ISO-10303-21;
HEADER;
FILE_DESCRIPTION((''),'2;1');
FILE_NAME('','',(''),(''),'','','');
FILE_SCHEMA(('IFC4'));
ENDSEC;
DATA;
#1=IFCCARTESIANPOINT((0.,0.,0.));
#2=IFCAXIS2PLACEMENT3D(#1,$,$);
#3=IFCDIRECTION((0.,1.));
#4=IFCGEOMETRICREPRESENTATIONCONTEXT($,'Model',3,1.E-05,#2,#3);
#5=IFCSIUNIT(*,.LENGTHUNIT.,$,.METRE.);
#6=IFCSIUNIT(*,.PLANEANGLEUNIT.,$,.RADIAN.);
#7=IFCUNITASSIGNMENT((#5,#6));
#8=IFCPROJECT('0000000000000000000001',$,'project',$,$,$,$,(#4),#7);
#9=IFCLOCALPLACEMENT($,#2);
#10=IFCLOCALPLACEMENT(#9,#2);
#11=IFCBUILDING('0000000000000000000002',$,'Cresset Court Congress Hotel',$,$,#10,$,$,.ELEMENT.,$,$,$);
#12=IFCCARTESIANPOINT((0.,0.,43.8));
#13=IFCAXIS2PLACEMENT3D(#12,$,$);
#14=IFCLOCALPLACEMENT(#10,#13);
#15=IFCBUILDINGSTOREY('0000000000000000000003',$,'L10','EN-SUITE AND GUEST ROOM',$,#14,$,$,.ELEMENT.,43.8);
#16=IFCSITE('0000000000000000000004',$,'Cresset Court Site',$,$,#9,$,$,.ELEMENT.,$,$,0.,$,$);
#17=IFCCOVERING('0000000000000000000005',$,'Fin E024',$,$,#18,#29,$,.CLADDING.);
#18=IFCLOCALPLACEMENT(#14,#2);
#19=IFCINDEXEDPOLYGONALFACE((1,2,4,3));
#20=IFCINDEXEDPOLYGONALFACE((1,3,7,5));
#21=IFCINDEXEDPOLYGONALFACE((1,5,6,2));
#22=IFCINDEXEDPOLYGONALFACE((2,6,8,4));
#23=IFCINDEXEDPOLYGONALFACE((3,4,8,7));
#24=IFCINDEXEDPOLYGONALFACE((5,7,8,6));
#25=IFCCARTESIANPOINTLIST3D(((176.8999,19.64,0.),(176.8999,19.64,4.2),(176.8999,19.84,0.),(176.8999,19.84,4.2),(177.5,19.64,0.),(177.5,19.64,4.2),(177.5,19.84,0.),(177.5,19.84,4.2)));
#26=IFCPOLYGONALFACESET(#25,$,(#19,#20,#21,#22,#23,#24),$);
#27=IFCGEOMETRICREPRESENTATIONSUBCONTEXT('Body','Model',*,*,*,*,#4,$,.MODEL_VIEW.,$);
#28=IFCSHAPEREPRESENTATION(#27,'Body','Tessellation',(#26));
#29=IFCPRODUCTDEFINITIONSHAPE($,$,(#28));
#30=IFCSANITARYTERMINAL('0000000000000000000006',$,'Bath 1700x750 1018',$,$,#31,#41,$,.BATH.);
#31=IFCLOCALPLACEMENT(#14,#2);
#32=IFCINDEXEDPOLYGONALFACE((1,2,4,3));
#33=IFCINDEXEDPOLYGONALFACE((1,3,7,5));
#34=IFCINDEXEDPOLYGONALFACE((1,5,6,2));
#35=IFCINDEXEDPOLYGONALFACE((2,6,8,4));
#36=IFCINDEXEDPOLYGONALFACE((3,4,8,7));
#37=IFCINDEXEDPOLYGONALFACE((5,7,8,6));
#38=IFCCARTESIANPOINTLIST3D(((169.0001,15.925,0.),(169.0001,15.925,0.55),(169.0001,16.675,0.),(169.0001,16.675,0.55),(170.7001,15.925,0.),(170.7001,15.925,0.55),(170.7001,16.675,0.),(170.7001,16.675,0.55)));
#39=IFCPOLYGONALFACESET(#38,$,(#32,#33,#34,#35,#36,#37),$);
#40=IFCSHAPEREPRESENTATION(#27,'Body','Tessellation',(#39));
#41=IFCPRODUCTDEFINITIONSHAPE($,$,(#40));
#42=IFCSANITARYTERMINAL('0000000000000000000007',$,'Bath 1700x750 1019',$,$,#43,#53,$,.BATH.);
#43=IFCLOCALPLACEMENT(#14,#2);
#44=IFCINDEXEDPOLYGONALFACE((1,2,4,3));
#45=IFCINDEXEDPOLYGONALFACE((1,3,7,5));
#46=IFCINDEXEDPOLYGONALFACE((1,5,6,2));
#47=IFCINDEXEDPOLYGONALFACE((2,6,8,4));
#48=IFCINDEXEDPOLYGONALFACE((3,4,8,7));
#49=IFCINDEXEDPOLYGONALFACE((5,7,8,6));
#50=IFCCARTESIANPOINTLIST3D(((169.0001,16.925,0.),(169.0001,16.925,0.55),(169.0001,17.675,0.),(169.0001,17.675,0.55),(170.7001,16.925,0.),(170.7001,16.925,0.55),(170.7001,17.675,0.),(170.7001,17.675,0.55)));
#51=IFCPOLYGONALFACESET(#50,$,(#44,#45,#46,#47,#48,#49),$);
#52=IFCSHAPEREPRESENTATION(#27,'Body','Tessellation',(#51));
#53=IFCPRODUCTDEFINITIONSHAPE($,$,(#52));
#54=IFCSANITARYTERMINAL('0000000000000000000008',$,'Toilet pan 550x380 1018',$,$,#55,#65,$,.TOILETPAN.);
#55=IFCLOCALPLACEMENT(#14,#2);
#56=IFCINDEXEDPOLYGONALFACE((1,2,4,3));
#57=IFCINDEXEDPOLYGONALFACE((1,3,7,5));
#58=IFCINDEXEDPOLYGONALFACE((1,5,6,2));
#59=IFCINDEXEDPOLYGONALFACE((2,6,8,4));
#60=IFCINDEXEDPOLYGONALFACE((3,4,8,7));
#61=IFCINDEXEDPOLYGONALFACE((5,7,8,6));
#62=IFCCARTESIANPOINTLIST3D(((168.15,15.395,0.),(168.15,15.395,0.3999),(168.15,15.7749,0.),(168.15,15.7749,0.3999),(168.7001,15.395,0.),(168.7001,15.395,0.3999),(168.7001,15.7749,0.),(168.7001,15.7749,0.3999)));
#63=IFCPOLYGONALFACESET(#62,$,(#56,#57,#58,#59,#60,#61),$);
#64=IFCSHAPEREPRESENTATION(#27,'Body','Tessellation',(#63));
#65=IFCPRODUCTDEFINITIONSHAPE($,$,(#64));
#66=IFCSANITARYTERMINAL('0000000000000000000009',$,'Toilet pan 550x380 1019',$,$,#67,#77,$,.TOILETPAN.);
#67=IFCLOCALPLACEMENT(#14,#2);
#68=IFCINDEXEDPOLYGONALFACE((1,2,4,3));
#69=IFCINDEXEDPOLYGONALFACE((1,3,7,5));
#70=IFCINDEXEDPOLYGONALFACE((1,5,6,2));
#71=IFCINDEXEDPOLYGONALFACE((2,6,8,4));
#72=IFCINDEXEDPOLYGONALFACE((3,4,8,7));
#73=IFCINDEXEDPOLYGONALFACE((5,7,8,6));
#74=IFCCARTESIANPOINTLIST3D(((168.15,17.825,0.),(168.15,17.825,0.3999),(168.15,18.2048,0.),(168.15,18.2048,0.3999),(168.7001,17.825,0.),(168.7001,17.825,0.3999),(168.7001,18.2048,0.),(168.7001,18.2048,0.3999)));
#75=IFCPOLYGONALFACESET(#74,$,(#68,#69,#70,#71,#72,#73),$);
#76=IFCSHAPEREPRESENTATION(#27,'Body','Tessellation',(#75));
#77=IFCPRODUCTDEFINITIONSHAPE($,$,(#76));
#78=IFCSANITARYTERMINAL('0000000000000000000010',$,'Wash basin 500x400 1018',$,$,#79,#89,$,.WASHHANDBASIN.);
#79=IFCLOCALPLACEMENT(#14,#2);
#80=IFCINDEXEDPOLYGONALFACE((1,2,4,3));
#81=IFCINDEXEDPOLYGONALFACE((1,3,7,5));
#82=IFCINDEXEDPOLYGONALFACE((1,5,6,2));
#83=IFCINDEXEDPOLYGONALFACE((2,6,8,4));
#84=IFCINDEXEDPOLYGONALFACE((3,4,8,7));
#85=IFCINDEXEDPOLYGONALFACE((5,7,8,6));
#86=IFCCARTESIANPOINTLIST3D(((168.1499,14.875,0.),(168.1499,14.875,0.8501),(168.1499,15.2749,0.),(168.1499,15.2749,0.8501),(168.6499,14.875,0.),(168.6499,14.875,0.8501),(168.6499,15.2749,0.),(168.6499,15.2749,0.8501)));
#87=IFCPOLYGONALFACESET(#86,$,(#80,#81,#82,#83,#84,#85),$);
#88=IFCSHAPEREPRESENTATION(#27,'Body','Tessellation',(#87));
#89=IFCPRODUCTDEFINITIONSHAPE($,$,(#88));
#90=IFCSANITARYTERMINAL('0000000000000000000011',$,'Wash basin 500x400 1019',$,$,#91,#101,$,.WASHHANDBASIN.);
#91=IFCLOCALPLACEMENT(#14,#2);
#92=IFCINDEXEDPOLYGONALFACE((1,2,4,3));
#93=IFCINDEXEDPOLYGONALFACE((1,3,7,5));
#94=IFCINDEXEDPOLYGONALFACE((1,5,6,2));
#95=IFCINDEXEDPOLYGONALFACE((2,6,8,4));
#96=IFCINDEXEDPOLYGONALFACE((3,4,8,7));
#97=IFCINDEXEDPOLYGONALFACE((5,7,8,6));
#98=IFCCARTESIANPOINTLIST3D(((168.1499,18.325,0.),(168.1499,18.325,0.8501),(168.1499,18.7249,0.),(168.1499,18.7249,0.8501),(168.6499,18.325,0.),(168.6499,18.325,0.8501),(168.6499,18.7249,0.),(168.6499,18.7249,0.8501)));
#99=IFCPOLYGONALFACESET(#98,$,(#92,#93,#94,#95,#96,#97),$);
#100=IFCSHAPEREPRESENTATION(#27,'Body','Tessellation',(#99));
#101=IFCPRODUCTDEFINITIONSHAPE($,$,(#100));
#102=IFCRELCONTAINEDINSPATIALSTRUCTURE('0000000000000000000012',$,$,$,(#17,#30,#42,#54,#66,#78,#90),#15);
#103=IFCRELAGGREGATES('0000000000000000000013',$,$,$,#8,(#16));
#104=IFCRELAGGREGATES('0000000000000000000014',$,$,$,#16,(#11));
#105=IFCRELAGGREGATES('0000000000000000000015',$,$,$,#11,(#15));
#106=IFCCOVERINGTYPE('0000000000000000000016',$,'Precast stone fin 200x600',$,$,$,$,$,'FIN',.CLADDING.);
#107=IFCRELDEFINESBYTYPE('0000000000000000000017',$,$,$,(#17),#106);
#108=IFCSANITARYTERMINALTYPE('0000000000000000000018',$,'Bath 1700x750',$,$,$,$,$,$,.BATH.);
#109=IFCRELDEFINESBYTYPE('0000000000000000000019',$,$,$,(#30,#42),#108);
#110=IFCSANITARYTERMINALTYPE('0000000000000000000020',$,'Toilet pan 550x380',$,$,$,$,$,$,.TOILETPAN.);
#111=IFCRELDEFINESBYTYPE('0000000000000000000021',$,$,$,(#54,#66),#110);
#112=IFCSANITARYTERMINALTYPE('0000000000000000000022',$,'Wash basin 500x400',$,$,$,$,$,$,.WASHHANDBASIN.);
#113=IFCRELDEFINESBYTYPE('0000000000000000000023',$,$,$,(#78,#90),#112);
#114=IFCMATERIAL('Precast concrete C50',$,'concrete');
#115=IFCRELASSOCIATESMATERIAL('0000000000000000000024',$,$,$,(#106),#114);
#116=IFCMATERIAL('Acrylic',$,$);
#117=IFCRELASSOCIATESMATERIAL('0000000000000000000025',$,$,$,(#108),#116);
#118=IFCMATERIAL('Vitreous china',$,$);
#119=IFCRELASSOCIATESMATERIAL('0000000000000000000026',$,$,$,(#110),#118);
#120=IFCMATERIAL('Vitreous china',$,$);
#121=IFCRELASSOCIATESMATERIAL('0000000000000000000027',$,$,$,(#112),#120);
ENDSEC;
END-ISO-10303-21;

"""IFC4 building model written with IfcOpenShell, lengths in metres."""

from ifc_helpers import new_model, si_unit, direction, frame, origin, origin_2d, place, context, subcontext, project, spatial, rectangle, extrude, material, type_object, element, save


model = new_model("IFC4")

# Units and contexts
model_context = context("Model", 3, precision=1e-05, world=origin(), true_north=direction((0.0, 1.0)))
body_context = subcontext(model_context, "Body", "Model", "MODEL_VIEW")
ifc_project = project(units=[si_unit("LENGTHUNIT", "METRE"), si_unit("PLANEANGLEUNIT", "RADIAN")], contexts=[model_context])

# Site, building, storey
site_placement = place(None, origin())
site = spatial("IfcSite", under=ifc_project, at=site_placement, Name="Cresset Court Site", CompositionType="ELEMENT", RefElevation=0.0)
building_placement = place(site_placement, origin())
building = spatial("IfcBuilding", under=site, at=building_placement, Name="Cresset Court Congress Hotel", CompositionType="ELEMENT")
storey_placement = place(building_placement, frame((0.0, 0.0, 43.8)))
storey = spatial("IfcBuildingStorey", under=building, at=storey_placement, Name="L10", Description="EN-SUITE AND GUEST ROOM", CompositionType="ELEMENT", Elevation=43.8)

# Covering
ifc_material_1 = material(Name="Precast concrete C50", Category="concrete")
covering_type = type_object("IfcCoveringType", Name="Precast stone fin 200x600", ElementType="FIN", PredefinedType="CLADDING", material=ifc_material_1)
for number, where, z_axis, x_axis, name in (
    (1, (177.2, 19.74, 0.0), (0.0, 0.0, 1.0), (1.0, 0.0, 0.0), "Fin E024"),
):
    element("IfcCovering", number, at=place(storey_placement, frame(where, z_axis=z_axis, x_axis=x_axis)), inside=storey, type_object=covering_type, Name=name, PredefinedType="CLADDING", context=body_context, shape_type="SweptSolid", body=[
        extrude(rectangle(XDim=0.6001, YDim=0.2, at=origin_2d()), origin(), (0.0, 0.0, 1.0), 4.2),
    ])

# Sanitary terminals
ifc_material_2 = material(Name="Acrylic")
sanitary_terminal_type_1 = type_object("IfcSanitaryTerminalType", Name="Bath 1700x750", PredefinedType="BATH", material=ifc_material_2)
for number, where, z_axis, x_axis, name in (
    (2, (169.8501, 16.3, 0.0), (0.0, 0.0, 1.0), (1.0, 0.0, 0.0), "Bath 1700x750 1018"),
    (3, (169.8501, 17.3, 0.0), (0.0, 0.0, 1.0), (1.0, 0.0, 0.0), "Bath 1700x750 1019"),
):
    element("IfcSanitaryTerminal", number, at=place(storey_placement, frame(where, z_axis=z_axis, x_axis=x_axis)), inside=storey, type_object=sanitary_terminal_type_1, Name=name, PredefinedType="BATH", context=body_context, shape_type="SweptSolid", body=[
        extrude(rectangle(XDim=1.7, YDim=0.75, at=origin_2d()), origin(), (0.0, 0.0, 1.0), 0.55),
    ])
ifc_material_3 = material(Name="Vitreous china")
sanitary_terminal_type_2 = type_object("IfcSanitaryTerminalType", Name="Toilet pan 550x380", PredefinedType="TOILETPAN", material=ifc_material_3)
for number, where, z_axis, x_axis, name in (
    (4, (168.425, 15.585, 0.0), (0.0, 0.0, 1.0), (1.0, 0.0, 0.0), "Toilet pan 550x380 1018"),
    (5, (168.425, 18.0149, 0.0), (0.0, 0.0, 1.0), (1.0, 0.0, 0.0), "Toilet pan 550x380 1019"),
):
    element("IfcSanitaryTerminal", number, at=place(storey_placement, frame(where, z_axis=z_axis, x_axis=x_axis)), inside=storey, type_object=sanitary_terminal_type_2, Name=name, PredefinedType="TOILETPAN", context=body_context, shape_type="SweptSolid", body=[
        extrude(rectangle(XDim=0.55, YDim=0.3799, at=origin_2d()), origin(), (0.0, 0.0, 1.0), 0.3999),
    ])
ifc_material_4 = material(Name="Vitreous china")
sanitary_terminal_type_3 = type_object("IfcSanitaryTerminalType", Name="Wash basin 500x400", PredefinedType="WASHHANDBASIN", material=ifc_material_4)
for number, where, z_axis, x_axis, name in (
    (6, (168.3999, 15.075, 0.0), (0.0, 0.0, 1.0), (1.0, 0.0, 0.0), "Wash basin 500x400 1018"),
    (7, (168.3999, 18.5249, 0.0), (0.0, 0.0, 1.0), (1.0, 0.0, 0.0), "Wash basin 500x400 1019"),
):
    element("IfcSanitaryTerminal", number, at=place(storey_placement, frame(where, z_axis=z_axis, x_axis=x_axis)), inside=storey, type_object=sanitary_terminal_type_3, Name=name, PredefinedType="WASHHANDBASIN", context=body_context, shape_type="SweptSolid", body=[
        extrude(rectangle(XDim=0.5, YDim=0.3999, at=origin_2d()), origin(), (0.0, 0.0, 1.0), 0.8501),
    ])

save(model, "model.ifc")
